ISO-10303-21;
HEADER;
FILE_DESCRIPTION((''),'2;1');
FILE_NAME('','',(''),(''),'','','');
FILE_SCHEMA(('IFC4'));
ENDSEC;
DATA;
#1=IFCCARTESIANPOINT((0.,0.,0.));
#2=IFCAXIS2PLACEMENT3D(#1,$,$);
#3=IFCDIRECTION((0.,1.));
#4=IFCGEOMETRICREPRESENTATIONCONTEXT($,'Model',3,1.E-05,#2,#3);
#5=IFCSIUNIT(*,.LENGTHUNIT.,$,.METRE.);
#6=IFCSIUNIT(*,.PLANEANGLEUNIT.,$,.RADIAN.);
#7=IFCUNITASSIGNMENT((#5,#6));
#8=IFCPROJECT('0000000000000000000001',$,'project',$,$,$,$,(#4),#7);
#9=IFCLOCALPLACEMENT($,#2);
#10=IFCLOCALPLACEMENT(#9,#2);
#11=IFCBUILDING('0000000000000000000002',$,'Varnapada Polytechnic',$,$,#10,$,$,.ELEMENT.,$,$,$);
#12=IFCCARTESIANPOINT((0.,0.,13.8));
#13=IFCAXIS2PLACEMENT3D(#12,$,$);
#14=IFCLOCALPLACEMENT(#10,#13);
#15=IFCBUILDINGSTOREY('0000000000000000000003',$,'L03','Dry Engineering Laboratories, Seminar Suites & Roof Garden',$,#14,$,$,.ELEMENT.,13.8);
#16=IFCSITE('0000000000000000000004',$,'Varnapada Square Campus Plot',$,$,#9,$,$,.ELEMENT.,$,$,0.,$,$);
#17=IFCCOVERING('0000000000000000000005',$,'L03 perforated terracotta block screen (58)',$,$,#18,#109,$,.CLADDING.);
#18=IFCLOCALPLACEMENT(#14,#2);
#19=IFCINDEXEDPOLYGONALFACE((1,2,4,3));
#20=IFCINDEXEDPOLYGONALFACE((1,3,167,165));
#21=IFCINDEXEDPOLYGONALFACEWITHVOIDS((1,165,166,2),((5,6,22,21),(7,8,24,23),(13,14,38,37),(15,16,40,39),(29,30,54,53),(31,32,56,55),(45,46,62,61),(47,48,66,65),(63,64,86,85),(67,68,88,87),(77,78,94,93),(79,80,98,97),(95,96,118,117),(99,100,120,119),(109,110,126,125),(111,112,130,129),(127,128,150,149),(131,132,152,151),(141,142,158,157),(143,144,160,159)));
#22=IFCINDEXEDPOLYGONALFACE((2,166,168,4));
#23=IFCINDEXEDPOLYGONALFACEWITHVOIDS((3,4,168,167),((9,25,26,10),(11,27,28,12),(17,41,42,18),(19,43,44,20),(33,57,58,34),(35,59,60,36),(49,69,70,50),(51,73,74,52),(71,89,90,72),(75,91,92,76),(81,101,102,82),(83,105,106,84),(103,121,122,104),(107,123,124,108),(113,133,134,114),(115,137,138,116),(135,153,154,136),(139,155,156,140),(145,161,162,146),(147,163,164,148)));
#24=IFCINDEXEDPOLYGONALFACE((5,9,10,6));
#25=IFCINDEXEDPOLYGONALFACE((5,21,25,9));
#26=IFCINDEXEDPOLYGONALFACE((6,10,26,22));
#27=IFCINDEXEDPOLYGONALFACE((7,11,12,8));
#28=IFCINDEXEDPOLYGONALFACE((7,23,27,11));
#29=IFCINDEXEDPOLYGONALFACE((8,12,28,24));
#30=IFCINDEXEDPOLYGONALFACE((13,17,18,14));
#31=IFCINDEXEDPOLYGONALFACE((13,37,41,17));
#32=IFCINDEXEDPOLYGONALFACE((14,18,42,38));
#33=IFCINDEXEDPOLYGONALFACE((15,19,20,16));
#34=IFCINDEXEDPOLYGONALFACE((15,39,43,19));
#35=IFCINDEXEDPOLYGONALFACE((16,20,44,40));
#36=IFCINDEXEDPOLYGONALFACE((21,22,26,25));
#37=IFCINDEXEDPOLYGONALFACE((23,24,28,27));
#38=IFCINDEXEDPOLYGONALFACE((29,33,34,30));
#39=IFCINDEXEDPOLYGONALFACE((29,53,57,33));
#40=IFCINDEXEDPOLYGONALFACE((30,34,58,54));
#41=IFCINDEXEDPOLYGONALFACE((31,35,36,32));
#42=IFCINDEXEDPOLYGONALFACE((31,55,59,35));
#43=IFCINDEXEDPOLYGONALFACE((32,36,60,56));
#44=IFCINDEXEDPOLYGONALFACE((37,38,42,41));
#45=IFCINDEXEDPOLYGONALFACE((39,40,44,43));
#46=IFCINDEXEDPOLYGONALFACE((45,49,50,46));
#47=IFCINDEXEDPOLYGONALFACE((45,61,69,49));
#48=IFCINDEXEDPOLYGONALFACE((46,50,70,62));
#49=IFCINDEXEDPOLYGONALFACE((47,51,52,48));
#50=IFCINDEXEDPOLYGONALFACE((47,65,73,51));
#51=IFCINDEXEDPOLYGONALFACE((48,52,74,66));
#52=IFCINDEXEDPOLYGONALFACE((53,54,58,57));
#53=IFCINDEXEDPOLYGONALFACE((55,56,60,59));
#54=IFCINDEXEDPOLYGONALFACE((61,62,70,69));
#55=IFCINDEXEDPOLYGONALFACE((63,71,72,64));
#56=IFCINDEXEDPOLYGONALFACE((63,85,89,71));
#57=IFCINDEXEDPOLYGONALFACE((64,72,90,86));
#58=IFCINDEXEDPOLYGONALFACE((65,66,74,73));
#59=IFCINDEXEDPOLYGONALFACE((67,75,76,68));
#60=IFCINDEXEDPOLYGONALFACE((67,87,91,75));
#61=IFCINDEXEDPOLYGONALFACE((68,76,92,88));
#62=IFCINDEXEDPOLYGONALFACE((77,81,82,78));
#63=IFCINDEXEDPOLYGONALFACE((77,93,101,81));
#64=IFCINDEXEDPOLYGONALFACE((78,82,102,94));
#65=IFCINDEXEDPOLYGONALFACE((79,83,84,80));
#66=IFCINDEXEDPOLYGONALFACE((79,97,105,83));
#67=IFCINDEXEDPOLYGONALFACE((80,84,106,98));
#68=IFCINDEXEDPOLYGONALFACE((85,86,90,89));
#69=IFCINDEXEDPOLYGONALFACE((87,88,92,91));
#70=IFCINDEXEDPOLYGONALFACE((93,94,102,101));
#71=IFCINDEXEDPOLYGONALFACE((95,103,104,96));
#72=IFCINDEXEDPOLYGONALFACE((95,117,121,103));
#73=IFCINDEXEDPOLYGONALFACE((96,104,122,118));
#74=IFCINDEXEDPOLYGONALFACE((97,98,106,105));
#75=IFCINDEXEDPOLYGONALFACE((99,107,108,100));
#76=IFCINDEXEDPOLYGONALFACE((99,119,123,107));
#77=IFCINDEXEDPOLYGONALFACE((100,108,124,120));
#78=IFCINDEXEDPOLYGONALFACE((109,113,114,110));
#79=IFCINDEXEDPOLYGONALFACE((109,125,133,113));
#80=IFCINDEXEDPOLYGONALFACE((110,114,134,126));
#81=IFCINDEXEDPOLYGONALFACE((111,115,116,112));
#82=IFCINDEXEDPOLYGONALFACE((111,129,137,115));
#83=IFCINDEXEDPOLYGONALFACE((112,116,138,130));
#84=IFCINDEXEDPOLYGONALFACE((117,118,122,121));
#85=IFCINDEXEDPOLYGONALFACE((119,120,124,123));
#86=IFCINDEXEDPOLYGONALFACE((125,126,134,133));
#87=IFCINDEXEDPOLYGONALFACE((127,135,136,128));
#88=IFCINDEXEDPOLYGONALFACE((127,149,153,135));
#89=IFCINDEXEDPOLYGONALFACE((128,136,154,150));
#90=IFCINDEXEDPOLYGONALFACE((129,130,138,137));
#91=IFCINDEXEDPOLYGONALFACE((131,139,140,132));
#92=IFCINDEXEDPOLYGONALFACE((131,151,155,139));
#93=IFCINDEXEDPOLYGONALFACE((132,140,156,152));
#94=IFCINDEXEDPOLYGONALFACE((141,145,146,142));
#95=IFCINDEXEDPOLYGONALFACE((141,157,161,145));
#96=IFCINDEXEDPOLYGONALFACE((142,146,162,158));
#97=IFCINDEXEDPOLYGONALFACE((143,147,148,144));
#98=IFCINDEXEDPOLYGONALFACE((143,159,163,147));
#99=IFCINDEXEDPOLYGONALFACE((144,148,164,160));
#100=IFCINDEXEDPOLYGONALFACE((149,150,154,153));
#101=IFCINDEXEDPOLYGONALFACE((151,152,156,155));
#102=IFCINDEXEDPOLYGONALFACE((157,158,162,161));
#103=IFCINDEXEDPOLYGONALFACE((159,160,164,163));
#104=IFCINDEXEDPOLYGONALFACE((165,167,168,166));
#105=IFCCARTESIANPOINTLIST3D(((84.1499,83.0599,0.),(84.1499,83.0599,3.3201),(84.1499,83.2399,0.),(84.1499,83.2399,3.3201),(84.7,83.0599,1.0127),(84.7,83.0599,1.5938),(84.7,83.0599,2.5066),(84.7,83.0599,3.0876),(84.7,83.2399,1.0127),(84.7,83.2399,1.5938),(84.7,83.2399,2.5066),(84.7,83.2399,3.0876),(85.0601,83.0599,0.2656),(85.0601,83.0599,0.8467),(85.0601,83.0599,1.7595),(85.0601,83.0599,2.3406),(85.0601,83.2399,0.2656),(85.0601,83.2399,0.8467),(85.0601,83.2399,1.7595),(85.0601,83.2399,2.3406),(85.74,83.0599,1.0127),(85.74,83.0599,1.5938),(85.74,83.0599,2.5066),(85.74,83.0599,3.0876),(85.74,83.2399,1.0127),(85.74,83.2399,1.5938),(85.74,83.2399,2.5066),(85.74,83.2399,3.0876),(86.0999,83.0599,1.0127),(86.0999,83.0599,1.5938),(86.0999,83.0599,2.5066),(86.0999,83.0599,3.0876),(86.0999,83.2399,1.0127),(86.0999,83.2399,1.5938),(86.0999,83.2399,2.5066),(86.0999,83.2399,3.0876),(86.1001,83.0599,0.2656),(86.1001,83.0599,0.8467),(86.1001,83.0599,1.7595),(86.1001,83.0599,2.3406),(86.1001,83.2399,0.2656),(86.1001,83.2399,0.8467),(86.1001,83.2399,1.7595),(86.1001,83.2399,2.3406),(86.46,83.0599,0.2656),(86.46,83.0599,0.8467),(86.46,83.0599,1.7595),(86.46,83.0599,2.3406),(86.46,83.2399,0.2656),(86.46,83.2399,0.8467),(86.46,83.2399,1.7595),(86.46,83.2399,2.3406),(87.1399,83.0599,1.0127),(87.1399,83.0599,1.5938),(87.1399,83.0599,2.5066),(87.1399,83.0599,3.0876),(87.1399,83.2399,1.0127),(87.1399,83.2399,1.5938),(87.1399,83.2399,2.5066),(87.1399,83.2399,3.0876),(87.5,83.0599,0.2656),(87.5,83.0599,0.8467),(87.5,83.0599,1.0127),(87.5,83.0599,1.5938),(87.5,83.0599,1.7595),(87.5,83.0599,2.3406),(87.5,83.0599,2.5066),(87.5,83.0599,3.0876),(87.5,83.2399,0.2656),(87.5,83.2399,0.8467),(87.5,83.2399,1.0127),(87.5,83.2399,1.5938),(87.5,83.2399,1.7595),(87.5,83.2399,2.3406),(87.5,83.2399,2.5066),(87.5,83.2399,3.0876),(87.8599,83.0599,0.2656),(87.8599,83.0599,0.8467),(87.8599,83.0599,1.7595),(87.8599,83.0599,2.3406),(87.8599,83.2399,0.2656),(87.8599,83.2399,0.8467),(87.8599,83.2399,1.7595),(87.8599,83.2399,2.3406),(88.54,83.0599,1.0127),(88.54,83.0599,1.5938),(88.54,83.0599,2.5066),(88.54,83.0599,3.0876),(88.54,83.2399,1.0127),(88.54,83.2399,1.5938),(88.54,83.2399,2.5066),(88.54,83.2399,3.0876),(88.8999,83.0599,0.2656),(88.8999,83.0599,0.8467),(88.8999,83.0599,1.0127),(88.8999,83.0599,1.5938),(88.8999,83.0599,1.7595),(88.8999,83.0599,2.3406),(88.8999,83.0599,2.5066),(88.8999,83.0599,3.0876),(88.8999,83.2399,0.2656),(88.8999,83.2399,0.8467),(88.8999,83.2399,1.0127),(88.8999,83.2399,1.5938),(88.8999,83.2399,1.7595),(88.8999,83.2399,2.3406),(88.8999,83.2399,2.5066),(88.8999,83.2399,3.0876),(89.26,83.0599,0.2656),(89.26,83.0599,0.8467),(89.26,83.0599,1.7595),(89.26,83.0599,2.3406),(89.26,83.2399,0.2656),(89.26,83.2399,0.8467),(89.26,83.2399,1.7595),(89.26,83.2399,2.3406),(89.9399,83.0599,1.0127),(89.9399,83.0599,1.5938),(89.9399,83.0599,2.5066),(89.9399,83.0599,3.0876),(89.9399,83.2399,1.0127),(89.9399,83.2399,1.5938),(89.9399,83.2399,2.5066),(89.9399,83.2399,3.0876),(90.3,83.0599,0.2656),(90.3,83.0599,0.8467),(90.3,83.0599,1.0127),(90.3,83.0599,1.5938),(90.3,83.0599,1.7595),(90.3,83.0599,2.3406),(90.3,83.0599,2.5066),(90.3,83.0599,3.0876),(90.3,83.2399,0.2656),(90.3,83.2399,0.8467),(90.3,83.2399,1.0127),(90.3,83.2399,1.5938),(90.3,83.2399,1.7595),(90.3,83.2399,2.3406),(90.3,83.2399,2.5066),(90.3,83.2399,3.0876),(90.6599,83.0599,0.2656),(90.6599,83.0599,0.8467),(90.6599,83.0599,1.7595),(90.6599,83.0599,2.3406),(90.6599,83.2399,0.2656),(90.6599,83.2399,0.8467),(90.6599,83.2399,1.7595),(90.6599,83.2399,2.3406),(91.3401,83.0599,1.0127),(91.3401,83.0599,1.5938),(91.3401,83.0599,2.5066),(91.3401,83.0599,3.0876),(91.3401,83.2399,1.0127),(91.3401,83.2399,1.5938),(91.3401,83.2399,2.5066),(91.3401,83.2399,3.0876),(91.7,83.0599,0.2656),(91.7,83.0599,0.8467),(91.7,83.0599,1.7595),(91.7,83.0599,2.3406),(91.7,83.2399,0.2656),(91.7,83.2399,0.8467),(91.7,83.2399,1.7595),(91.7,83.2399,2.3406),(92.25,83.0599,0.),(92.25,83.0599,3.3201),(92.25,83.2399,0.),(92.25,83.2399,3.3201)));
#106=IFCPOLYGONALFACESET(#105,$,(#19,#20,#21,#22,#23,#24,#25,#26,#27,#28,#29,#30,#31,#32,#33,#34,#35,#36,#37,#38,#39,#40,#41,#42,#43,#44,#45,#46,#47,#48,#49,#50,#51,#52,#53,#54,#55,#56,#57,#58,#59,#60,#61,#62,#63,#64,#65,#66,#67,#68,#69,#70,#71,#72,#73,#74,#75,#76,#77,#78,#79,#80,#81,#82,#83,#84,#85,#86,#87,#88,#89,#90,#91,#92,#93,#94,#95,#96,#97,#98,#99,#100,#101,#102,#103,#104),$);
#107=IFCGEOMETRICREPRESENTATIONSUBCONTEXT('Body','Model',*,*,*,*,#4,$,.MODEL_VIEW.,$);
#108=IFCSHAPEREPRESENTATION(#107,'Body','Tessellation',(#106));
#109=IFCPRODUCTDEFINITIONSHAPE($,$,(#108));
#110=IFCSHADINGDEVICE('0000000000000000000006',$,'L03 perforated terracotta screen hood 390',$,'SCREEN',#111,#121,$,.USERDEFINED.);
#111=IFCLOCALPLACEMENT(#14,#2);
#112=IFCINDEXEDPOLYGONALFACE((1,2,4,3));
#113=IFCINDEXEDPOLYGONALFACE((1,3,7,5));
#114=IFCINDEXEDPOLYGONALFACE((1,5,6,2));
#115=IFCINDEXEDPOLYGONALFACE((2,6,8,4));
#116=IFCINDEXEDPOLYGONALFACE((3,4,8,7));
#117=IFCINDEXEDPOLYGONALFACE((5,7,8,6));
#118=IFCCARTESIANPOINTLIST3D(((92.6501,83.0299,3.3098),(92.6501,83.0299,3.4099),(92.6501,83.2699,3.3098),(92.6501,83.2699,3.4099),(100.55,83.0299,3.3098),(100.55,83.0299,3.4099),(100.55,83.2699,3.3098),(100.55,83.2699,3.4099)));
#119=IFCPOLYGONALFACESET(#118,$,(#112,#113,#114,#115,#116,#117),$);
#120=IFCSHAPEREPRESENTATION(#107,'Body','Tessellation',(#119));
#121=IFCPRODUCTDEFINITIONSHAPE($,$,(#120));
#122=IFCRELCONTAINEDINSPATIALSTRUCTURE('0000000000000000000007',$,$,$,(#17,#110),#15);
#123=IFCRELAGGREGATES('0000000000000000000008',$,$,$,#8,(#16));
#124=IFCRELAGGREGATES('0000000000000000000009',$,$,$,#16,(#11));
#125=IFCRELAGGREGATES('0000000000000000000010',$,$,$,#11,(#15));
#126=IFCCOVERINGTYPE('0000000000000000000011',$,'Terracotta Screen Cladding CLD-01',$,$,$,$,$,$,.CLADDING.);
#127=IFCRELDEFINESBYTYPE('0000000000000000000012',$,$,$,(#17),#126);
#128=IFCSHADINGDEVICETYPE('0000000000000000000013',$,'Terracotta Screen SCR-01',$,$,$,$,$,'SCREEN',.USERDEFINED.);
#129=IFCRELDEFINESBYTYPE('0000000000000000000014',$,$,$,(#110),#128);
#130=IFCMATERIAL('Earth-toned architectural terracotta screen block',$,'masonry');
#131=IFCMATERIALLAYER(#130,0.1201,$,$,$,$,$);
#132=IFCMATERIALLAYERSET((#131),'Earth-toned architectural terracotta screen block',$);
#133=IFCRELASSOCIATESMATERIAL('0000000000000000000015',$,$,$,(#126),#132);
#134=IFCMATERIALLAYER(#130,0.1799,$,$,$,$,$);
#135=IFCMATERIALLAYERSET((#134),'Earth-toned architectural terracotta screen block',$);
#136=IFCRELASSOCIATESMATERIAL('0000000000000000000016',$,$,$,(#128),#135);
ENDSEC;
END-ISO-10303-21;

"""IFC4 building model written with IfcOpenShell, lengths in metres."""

from ifc_helpers import new_model, si_unit, direction, frame, frame_2d, origin, origin_2d, place, context, subcontext, project, spatial, rectangle, extrude, material, layer, layer_set, type_object, element, save


model = new_model("IFC4")

# Units and contexts
model_context = context("Model", 3, precision=1e-05, world=origin(), true_north=direction((0.0, 1.0)))
body_context = subcontext(model_context, "Body", "Model", "MODEL_VIEW")
ifc_project = project(units=[si_unit("LENGTHUNIT", "METRE"), si_unit("PLANEANGLEUNIT", "RADIAN")], contexts=[model_context])

# Site, building, storey
site_placement = place(None, origin())
site = spatial("IfcSite", under=ifc_project, at=site_placement, Name="Varnapada Square Campus Plot", CompositionType="ELEMENT", RefElevation=0.0)
building_placement = place(site_placement, origin())
building = spatial("IfcBuilding", under=site, at=building_placement, Name="Varnapada Polytechnic", CompositionType="ELEMENT")
storey_placement = place(building_placement, frame((0.0, 0.0, 13.8)))
storey = spatial("IfcBuildingStorey", under=building, at=storey_placement, Name="L03", Description="Dry Engineering Laboratories, Seminar Suites & Roof Garden", CompositionType="ELEMENT", Elevation=13.8)

# Covering, openings
ifc_material = material(Name="Earth-toned architectural terracotta screen block", Category="masonry")
ifc_layer_1 = layer(ifc_material, 0.1201)
ifc_layer_set_1 = layer_set([ifc_layer_1], Name="Earth-toned architectural terracotta screen block")
covering_type = type_object("IfcCoveringType", Name="Terracotta Screen Cladding CLD-01", PredefinedType="CLADDING", material=ifc_layer_set_1)
covering_placement = place(storey_placement, frame((92.25, 83.1499, 0.0), z_axis=(0.0, 0.0, 1.0), x_axis=(-1.0, 0.0, 0.0)))
covering = element("IfcCovering", 1, at=covering_placement, inside=storey, type_object=covering_type, Name="L03 perforated terracotta block screen (58)", PredefinedType="CLADDING", context=body_context, shape_type="SweptSolid", body=[
    extrude(rectangle(XDim=8.1001, YDim=0.1799, at=frame_2d((4.05, 0.0))), origin(), (0.0, 0.0, 1.0), 3.3201),
])
opening_1_placement = place(covering_placement, frame((0.55, 0.0, 0.2656)))
element("IfcOpeningElement", 2, at=opening_1_placement, cuts=covering, PredefinedType="OPENING", context=body_context, shape_type="SweptSolid", body=[
    extrude(rectangle(XDim=1.04, YDim=0.5811, at=frame_2d((0.52, 0.2905))), frame((0.0, 0.0999, 0.0), z_axis=(0.0, -1.0, 0.0), x_axis=(1.0, 0.0, 0.0)), (0.0, 0.0, 1.0), 0.2),
])
opening_2_placement = place(covering_placement, frame((1.95, 0.0, 0.2656)))
element("IfcOpeningElement", 3, at=opening_2_placement, cuts=covering, PredefinedType="OPENING", context=body_context, shape_type="SweptSolid", body=[
    extrude(rectangle(XDim=1.04, YDim=0.5811, at=frame_2d((0.52, 0.2905))), frame((0.0, 0.0999, 0.0), z_axis=(0.0, -1.0, 0.0), x_axis=(1.0, 0.0, 0.0)), (0.0, 0.0, 1.0), 0.2),
])
opening_3_placement = place(covering_placement, frame((3.3501, 0.0, 0.2656)))
element("IfcOpeningElement", 4, at=opening_3_placement, cuts=covering, PredefinedType="OPENING", context=body_context, shape_type="SweptSolid", body=[
    extrude(rectangle(XDim=1.04, YDim=0.5811, at=frame_2d((0.52, 0.2905))), frame((0.0, 0.0999, 0.0), z_axis=(0.0, -1.0, 0.0), x_axis=(1.0, 0.0, 0.0)), (0.0, 0.0, 1.0), 0.2),
])
opening_4_placement = place(covering_placement, frame((4.75, 0.0, 0.2656)))
element("IfcOpeningElement", 5, at=opening_4_placement, cuts=covering, PredefinedType="OPENING", context=body_context, shape_type="SweptSolid", body=[
    extrude(rectangle(XDim=1.04, YDim=0.5811, at=frame_2d((0.52, 0.2905))), frame((0.0, 0.0999, 0.0), z_axis=(0.0, -1.0, 0.0), x_axis=(1.0, 0.0, 0.0)), (0.0, 0.0, 1.0), 0.2),
])
opening_5_placement = place(covering_placement, frame((6.1499, 0.0, 0.2656)))
element("IfcOpeningElement", 6, at=opening_5_placement, cuts=covering, PredefinedType="OPENING", context=body_context, shape_type="SweptSolid", body=[
    extrude(rectangle(XDim=1.04, YDim=0.5811, at=frame_2d((0.52, 0.2905))), frame((0.0, 0.0999, 0.0), z_axis=(0.0, -1.0, 0.0), x_axis=(1.0, 0.0, 0.0)), (0.0, 0.0, 1.0), 0.2),
])
opening_6_placement = place(covering_placement, frame((0.9099, 0.0, 1.0127)))
element("IfcOpeningElement", 7, at=opening_6_placement, cuts=covering, PredefinedType="OPENING", context=body_context, shape_type="SweptSolid", body=[
    extrude(rectangle(XDim=1.04, YDim=0.5811, at=frame_2d((0.52, 0.2905))), frame((0.0, 0.0999, 0.0), z_axis=(0.0, -1.0, 0.0), x_axis=(1.0, 0.0, 0.0)), (0.0, 0.0, 1.0), 0.2),
])
opening_7_placement = place(covering_placement, frame((2.3101, 0.0, 1.0127)))
element("IfcOpeningElement", 8, at=opening_7_placement, cuts=covering, PredefinedType="OPENING", context=body_context, shape_type="SweptSolid", body=[
    extrude(rectangle(XDim=1.04, YDim=0.5811, at=frame_2d((0.52, 0.2905))), frame((0.0, 0.0999, 0.0), z_axis=(0.0, -1.0, 0.0), x_axis=(1.0, 0.0, 0.0)), (0.0, 0.0, 1.0), 0.2),
])
opening_8_placement = place(covering_placement, frame((3.71, 0.0, 1.0127)))
element("IfcOpeningElement", 9, at=opening_8_placement, cuts=covering, PredefinedType="OPENING", context=body_context, shape_type="SweptSolid", body=[
    extrude(rectangle(XDim=1.04, YDim=0.5811, at=frame_2d((0.52, 0.2905))), frame((0.0, 0.0999, 0.0), z_axis=(0.0, -1.0, 0.0), x_axis=(1.0, 0.0, 0.0)), (0.0, 0.0, 1.0), 0.2),
])
opening_9_placement = place(covering_placement, frame((5.1101, 0.0, 1.0127)))
element("IfcOpeningElement", 10, at=opening_9_placement, cuts=covering, PredefinedType="OPENING", context=body_context, shape_type="SweptSolid", body=[
    extrude(rectangle(XDim=1.04, YDim=0.5811, at=frame_2d((0.52, 0.2905))), frame((0.0, 0.0999, 0.0), z_axis=(0.0, -1.0, 0.0), x_axis=(1.0, 0.0, 0.0)), (0.0, 0.0, 1.0), 0.2),
])
opening_10_placement = place(covering_placement, frame((6.51, 0.0, 1.0127)))
element("IfcOpeningElement", 11, at=opening_10_placement, cuts=covering, PredefinedType="OPENING", context=body_context, shape_type="SweptSolid", body=[
    extrude(rectangle(XDim=1.04, YDim=0.5811, at=frame_2d((0.52, 0.2905))), frame((0.0, 0.0999, 0.0), z_axis=(0.0, -1.0, 0.0), x_axis=(1.0, 0.0, 0.0)), (0.0, 0.0, 1.0), 0.2),
])
opening_11_placement = place(covering_placement, frame((0.55, 0.0, 1.7595)))
element("IfcOpeningElement", 12, at=opening_11_placement, cuts=covering, PredefinedType="OPENING", context=body_context, shape_type="SweptSolid", body=[
    extrude(rectangle(XDim=1.04, YDim=0.5811, at=frame_2d((0.52, 0.2905))), frame((0.0, 0.0999, 0.0), z_axis=(0.0, -1.0, 0.0), x_axis=(1.0, 0.0, 0.0)), (0.0, 0.0, 1.0), 0.2),
])
opening_12_placement = place(covering_placement, frame((1.95, 0.0, 1.7595)))
element("IfcOpeningElement", 13, at=opening_12_placement, cuts=covering, PredefinedType="OPENING", context=body_context, shape_type="SweptSolid", body=[
    extrude(rectangle(XDim=1.04, YDim=0.5811, at=frame_2d((0.52, 0.2905))), frame((0.0, 0.0999, 0.0), z_axis=(0.0, -1.0, 0.0), x_axis=(1.0, 0.0, 0.0)), (0.0, 0.0, 1.0), 0.2),
])
opening_13_placement = place(covering_placement, frame((3.3501, 0.0, 1.7595)))
element("IfcOpeningElement", 14, at=opening_13_placement, cuts=covering, PredefinedType="OPENING", context=body_context, shape_type="SweptSolid", body=[
    extrude(rectangle(XDim=1.04, YDim=0.5811, at=frame_2d((0.52, 0.2905))), frame((0.0, 0.0999, 0.0), z_axis=(0.0, -1.0, 0.0), x_axis=(1.0, 0.0, 0.0)), (0.0, 0.0, 1.0), 0.2),
])
opening_14_placement = place(covering_placement, frame((4.75, 0.0, 1.7595)))
element("IfcOpeningElement", 15, at=opening_14_placement, cuts=covering, PredefinedType="OPENING", context=body_context, shape_type="SweptSolid", body=[
    extrude(rectangle(XDim=1.04, YDim=0.5811, at=frame_2d((0.52, 0.2905))), frame((0.0, 0.0999, 0.0), z_axis=(0.0, -1.0, 0.0), x_axis=(1.0, 0.0, 0.0)), (0.0, 0.0, 1.0), 0.2),
])
opening_15_placement = place(covering_placement, frame((6.1499, 0.0, 1.7595)))
element("IfcOpeningElement", 16, at=opening_15_placement, cuts=covering, PredefinedType="OPENING", context=body_context, shape_type="SweptSolid", body=[
    extrude(rectangle(XDim=1.04, YDim=0.5811, at=frame_2d((0.52, 0.2905))), frame((0.0, 0.0999, 0.0), z_axis=(0.0, -1.0, 0.0), x_axis=(1.0, 0.0, 0.0)), (0.0, 0.0, 1.0), 0.2),
])
opening_16_placement = place(covering_placement, frame((0.9099, 0.0, 2.5066)))
element("IfcOpeningElement", 17, at=opening_16_placement, cuts=covering, PredefinedType="OPENING", context=body_context, shape_type="SweptSolid", body=[
    extrude(rectangle(XDim=1.04, YDim=0.5811, at=frame_2d((0.52, 0.2905))), frame((0.0, 0.0999, 0.0), z_axis=(0.0, -1.0, 0.0), x_axis=(1.0, 0.0, 0.0)), (0.0, 0.0, 1.0), 0.2),
])
opening_17_placement = place(covering_placement, frame((2.3101, 0.0, 2.5066)))
element("IfcOpeningElement", 18, at=opening_17_placement, cuts=covering, PredefinedType="OPENING", context=body_context, shape_type="SweptSolid", body=[
    extrude(rectangle(XDim=1.04, YDim=0.5811, at=frame_2d((0.52, 0.2905))), frame((0.0, 0.0999, 0.0), z_axis=(0.0, -1.0, 0.0), x_axis=(1.0, 0.0, 0.0)), (0.0, 0.0, 1.0), 0.2),
])
opening_18_placement = place(covering_placement, frame((3.71, 0.0, 2.5066)))
element("IfcOpeningElement", 19, at=opening_18_placement, cuts=covering, PredefinedType="OPENING", context=body_context, shape_type="SweptSolid", body=[
    extrude(rectangle(XDim=1.04, YDim=0.5811, at=frame_2d((0.52, 0.2905))), frame((0.0, 0.0999, 0.0), z_axis=(0.0, -1.0, 0.0), x_axis=(1.0, 0.0, 0.0)), (0.0, 0.0, 1.0), 0.2),
])
opening_19_placement = place(covering_placement, frame((5.1101, 0.0, 2.5066)))
element("IfcOpeningElement", 20, at=opening_19_placement, cuts=covering, PredefinedType="OPENING", context=body_context, shape_type="SweptSolid", body=[
    extrude(rectangle(XDim=1.04, YDim=0.5811, at=frame_2d((0.52, 0.2905))), frame((0.0, 0.0999, 0.0), z_axis=(0.0, -1.0, 0.0), x_axis=(1.0, 0.0, 0.0)), (0.0, 0.0, 1.0), 0.2),
])
opening_20_placement = place(covering_placement, frame((6.51, 0.0, 2.5066)))
element("IfcOpeningElement", 21, at=opening_20_placement, cuts=covering, PredefinedType="OPENING", context=body_context, shape_type="SweptSolid", body=[
    extrude(rectangle(XDim=1.04, YDim=0.5811, at=frame_2d((0.52, 0.2905))), frame((0.0, 0.0999, 0.0), z_axis=(0.0, -1.0, 0.0), x_axis=(1.0, 0.0, 0.0)), (0.0, 0.0, 1.0), 0.2),
])

# Shading device
ifc_layer_2 = layer(ifc_material, 0.1799)
ifc_layer_set_2 = layer_set([ifc_layer_2], Name="Earth-toned architectural terracotta screen block")
shading_device_type = type_object("IfcShadingDeviceType", Name="Terracotta Screen SCR-01", ElementType="SCREEN", PredefinedType="USERDEFINED", material=ifc_layer_set_2)
shading_device_placement = place(storey_placement, frame((96.6001, 83.1499, 3.3098), z_axis=(0.0, 0.0, 1.0), x_axis=(-1.0, 0.0, 0.0)))
element("IfcShadingDevice", 22, at=shading_device_placement, inside=storey, type_object=shading_device_type, Name="L03 perforated terracotta screen hood 390", ObjectType="SCREEN", PredefinedType="USERDEFINED", context=body_context, shape_type="SweptSolid", body=[
    extrude(rectangle(XDim=7.8999, YDim=0.24, at=origin_2d()), origin(), (0.0, 0.0, 1.0), 0.1001),
])

save(model, "model.ifc")
